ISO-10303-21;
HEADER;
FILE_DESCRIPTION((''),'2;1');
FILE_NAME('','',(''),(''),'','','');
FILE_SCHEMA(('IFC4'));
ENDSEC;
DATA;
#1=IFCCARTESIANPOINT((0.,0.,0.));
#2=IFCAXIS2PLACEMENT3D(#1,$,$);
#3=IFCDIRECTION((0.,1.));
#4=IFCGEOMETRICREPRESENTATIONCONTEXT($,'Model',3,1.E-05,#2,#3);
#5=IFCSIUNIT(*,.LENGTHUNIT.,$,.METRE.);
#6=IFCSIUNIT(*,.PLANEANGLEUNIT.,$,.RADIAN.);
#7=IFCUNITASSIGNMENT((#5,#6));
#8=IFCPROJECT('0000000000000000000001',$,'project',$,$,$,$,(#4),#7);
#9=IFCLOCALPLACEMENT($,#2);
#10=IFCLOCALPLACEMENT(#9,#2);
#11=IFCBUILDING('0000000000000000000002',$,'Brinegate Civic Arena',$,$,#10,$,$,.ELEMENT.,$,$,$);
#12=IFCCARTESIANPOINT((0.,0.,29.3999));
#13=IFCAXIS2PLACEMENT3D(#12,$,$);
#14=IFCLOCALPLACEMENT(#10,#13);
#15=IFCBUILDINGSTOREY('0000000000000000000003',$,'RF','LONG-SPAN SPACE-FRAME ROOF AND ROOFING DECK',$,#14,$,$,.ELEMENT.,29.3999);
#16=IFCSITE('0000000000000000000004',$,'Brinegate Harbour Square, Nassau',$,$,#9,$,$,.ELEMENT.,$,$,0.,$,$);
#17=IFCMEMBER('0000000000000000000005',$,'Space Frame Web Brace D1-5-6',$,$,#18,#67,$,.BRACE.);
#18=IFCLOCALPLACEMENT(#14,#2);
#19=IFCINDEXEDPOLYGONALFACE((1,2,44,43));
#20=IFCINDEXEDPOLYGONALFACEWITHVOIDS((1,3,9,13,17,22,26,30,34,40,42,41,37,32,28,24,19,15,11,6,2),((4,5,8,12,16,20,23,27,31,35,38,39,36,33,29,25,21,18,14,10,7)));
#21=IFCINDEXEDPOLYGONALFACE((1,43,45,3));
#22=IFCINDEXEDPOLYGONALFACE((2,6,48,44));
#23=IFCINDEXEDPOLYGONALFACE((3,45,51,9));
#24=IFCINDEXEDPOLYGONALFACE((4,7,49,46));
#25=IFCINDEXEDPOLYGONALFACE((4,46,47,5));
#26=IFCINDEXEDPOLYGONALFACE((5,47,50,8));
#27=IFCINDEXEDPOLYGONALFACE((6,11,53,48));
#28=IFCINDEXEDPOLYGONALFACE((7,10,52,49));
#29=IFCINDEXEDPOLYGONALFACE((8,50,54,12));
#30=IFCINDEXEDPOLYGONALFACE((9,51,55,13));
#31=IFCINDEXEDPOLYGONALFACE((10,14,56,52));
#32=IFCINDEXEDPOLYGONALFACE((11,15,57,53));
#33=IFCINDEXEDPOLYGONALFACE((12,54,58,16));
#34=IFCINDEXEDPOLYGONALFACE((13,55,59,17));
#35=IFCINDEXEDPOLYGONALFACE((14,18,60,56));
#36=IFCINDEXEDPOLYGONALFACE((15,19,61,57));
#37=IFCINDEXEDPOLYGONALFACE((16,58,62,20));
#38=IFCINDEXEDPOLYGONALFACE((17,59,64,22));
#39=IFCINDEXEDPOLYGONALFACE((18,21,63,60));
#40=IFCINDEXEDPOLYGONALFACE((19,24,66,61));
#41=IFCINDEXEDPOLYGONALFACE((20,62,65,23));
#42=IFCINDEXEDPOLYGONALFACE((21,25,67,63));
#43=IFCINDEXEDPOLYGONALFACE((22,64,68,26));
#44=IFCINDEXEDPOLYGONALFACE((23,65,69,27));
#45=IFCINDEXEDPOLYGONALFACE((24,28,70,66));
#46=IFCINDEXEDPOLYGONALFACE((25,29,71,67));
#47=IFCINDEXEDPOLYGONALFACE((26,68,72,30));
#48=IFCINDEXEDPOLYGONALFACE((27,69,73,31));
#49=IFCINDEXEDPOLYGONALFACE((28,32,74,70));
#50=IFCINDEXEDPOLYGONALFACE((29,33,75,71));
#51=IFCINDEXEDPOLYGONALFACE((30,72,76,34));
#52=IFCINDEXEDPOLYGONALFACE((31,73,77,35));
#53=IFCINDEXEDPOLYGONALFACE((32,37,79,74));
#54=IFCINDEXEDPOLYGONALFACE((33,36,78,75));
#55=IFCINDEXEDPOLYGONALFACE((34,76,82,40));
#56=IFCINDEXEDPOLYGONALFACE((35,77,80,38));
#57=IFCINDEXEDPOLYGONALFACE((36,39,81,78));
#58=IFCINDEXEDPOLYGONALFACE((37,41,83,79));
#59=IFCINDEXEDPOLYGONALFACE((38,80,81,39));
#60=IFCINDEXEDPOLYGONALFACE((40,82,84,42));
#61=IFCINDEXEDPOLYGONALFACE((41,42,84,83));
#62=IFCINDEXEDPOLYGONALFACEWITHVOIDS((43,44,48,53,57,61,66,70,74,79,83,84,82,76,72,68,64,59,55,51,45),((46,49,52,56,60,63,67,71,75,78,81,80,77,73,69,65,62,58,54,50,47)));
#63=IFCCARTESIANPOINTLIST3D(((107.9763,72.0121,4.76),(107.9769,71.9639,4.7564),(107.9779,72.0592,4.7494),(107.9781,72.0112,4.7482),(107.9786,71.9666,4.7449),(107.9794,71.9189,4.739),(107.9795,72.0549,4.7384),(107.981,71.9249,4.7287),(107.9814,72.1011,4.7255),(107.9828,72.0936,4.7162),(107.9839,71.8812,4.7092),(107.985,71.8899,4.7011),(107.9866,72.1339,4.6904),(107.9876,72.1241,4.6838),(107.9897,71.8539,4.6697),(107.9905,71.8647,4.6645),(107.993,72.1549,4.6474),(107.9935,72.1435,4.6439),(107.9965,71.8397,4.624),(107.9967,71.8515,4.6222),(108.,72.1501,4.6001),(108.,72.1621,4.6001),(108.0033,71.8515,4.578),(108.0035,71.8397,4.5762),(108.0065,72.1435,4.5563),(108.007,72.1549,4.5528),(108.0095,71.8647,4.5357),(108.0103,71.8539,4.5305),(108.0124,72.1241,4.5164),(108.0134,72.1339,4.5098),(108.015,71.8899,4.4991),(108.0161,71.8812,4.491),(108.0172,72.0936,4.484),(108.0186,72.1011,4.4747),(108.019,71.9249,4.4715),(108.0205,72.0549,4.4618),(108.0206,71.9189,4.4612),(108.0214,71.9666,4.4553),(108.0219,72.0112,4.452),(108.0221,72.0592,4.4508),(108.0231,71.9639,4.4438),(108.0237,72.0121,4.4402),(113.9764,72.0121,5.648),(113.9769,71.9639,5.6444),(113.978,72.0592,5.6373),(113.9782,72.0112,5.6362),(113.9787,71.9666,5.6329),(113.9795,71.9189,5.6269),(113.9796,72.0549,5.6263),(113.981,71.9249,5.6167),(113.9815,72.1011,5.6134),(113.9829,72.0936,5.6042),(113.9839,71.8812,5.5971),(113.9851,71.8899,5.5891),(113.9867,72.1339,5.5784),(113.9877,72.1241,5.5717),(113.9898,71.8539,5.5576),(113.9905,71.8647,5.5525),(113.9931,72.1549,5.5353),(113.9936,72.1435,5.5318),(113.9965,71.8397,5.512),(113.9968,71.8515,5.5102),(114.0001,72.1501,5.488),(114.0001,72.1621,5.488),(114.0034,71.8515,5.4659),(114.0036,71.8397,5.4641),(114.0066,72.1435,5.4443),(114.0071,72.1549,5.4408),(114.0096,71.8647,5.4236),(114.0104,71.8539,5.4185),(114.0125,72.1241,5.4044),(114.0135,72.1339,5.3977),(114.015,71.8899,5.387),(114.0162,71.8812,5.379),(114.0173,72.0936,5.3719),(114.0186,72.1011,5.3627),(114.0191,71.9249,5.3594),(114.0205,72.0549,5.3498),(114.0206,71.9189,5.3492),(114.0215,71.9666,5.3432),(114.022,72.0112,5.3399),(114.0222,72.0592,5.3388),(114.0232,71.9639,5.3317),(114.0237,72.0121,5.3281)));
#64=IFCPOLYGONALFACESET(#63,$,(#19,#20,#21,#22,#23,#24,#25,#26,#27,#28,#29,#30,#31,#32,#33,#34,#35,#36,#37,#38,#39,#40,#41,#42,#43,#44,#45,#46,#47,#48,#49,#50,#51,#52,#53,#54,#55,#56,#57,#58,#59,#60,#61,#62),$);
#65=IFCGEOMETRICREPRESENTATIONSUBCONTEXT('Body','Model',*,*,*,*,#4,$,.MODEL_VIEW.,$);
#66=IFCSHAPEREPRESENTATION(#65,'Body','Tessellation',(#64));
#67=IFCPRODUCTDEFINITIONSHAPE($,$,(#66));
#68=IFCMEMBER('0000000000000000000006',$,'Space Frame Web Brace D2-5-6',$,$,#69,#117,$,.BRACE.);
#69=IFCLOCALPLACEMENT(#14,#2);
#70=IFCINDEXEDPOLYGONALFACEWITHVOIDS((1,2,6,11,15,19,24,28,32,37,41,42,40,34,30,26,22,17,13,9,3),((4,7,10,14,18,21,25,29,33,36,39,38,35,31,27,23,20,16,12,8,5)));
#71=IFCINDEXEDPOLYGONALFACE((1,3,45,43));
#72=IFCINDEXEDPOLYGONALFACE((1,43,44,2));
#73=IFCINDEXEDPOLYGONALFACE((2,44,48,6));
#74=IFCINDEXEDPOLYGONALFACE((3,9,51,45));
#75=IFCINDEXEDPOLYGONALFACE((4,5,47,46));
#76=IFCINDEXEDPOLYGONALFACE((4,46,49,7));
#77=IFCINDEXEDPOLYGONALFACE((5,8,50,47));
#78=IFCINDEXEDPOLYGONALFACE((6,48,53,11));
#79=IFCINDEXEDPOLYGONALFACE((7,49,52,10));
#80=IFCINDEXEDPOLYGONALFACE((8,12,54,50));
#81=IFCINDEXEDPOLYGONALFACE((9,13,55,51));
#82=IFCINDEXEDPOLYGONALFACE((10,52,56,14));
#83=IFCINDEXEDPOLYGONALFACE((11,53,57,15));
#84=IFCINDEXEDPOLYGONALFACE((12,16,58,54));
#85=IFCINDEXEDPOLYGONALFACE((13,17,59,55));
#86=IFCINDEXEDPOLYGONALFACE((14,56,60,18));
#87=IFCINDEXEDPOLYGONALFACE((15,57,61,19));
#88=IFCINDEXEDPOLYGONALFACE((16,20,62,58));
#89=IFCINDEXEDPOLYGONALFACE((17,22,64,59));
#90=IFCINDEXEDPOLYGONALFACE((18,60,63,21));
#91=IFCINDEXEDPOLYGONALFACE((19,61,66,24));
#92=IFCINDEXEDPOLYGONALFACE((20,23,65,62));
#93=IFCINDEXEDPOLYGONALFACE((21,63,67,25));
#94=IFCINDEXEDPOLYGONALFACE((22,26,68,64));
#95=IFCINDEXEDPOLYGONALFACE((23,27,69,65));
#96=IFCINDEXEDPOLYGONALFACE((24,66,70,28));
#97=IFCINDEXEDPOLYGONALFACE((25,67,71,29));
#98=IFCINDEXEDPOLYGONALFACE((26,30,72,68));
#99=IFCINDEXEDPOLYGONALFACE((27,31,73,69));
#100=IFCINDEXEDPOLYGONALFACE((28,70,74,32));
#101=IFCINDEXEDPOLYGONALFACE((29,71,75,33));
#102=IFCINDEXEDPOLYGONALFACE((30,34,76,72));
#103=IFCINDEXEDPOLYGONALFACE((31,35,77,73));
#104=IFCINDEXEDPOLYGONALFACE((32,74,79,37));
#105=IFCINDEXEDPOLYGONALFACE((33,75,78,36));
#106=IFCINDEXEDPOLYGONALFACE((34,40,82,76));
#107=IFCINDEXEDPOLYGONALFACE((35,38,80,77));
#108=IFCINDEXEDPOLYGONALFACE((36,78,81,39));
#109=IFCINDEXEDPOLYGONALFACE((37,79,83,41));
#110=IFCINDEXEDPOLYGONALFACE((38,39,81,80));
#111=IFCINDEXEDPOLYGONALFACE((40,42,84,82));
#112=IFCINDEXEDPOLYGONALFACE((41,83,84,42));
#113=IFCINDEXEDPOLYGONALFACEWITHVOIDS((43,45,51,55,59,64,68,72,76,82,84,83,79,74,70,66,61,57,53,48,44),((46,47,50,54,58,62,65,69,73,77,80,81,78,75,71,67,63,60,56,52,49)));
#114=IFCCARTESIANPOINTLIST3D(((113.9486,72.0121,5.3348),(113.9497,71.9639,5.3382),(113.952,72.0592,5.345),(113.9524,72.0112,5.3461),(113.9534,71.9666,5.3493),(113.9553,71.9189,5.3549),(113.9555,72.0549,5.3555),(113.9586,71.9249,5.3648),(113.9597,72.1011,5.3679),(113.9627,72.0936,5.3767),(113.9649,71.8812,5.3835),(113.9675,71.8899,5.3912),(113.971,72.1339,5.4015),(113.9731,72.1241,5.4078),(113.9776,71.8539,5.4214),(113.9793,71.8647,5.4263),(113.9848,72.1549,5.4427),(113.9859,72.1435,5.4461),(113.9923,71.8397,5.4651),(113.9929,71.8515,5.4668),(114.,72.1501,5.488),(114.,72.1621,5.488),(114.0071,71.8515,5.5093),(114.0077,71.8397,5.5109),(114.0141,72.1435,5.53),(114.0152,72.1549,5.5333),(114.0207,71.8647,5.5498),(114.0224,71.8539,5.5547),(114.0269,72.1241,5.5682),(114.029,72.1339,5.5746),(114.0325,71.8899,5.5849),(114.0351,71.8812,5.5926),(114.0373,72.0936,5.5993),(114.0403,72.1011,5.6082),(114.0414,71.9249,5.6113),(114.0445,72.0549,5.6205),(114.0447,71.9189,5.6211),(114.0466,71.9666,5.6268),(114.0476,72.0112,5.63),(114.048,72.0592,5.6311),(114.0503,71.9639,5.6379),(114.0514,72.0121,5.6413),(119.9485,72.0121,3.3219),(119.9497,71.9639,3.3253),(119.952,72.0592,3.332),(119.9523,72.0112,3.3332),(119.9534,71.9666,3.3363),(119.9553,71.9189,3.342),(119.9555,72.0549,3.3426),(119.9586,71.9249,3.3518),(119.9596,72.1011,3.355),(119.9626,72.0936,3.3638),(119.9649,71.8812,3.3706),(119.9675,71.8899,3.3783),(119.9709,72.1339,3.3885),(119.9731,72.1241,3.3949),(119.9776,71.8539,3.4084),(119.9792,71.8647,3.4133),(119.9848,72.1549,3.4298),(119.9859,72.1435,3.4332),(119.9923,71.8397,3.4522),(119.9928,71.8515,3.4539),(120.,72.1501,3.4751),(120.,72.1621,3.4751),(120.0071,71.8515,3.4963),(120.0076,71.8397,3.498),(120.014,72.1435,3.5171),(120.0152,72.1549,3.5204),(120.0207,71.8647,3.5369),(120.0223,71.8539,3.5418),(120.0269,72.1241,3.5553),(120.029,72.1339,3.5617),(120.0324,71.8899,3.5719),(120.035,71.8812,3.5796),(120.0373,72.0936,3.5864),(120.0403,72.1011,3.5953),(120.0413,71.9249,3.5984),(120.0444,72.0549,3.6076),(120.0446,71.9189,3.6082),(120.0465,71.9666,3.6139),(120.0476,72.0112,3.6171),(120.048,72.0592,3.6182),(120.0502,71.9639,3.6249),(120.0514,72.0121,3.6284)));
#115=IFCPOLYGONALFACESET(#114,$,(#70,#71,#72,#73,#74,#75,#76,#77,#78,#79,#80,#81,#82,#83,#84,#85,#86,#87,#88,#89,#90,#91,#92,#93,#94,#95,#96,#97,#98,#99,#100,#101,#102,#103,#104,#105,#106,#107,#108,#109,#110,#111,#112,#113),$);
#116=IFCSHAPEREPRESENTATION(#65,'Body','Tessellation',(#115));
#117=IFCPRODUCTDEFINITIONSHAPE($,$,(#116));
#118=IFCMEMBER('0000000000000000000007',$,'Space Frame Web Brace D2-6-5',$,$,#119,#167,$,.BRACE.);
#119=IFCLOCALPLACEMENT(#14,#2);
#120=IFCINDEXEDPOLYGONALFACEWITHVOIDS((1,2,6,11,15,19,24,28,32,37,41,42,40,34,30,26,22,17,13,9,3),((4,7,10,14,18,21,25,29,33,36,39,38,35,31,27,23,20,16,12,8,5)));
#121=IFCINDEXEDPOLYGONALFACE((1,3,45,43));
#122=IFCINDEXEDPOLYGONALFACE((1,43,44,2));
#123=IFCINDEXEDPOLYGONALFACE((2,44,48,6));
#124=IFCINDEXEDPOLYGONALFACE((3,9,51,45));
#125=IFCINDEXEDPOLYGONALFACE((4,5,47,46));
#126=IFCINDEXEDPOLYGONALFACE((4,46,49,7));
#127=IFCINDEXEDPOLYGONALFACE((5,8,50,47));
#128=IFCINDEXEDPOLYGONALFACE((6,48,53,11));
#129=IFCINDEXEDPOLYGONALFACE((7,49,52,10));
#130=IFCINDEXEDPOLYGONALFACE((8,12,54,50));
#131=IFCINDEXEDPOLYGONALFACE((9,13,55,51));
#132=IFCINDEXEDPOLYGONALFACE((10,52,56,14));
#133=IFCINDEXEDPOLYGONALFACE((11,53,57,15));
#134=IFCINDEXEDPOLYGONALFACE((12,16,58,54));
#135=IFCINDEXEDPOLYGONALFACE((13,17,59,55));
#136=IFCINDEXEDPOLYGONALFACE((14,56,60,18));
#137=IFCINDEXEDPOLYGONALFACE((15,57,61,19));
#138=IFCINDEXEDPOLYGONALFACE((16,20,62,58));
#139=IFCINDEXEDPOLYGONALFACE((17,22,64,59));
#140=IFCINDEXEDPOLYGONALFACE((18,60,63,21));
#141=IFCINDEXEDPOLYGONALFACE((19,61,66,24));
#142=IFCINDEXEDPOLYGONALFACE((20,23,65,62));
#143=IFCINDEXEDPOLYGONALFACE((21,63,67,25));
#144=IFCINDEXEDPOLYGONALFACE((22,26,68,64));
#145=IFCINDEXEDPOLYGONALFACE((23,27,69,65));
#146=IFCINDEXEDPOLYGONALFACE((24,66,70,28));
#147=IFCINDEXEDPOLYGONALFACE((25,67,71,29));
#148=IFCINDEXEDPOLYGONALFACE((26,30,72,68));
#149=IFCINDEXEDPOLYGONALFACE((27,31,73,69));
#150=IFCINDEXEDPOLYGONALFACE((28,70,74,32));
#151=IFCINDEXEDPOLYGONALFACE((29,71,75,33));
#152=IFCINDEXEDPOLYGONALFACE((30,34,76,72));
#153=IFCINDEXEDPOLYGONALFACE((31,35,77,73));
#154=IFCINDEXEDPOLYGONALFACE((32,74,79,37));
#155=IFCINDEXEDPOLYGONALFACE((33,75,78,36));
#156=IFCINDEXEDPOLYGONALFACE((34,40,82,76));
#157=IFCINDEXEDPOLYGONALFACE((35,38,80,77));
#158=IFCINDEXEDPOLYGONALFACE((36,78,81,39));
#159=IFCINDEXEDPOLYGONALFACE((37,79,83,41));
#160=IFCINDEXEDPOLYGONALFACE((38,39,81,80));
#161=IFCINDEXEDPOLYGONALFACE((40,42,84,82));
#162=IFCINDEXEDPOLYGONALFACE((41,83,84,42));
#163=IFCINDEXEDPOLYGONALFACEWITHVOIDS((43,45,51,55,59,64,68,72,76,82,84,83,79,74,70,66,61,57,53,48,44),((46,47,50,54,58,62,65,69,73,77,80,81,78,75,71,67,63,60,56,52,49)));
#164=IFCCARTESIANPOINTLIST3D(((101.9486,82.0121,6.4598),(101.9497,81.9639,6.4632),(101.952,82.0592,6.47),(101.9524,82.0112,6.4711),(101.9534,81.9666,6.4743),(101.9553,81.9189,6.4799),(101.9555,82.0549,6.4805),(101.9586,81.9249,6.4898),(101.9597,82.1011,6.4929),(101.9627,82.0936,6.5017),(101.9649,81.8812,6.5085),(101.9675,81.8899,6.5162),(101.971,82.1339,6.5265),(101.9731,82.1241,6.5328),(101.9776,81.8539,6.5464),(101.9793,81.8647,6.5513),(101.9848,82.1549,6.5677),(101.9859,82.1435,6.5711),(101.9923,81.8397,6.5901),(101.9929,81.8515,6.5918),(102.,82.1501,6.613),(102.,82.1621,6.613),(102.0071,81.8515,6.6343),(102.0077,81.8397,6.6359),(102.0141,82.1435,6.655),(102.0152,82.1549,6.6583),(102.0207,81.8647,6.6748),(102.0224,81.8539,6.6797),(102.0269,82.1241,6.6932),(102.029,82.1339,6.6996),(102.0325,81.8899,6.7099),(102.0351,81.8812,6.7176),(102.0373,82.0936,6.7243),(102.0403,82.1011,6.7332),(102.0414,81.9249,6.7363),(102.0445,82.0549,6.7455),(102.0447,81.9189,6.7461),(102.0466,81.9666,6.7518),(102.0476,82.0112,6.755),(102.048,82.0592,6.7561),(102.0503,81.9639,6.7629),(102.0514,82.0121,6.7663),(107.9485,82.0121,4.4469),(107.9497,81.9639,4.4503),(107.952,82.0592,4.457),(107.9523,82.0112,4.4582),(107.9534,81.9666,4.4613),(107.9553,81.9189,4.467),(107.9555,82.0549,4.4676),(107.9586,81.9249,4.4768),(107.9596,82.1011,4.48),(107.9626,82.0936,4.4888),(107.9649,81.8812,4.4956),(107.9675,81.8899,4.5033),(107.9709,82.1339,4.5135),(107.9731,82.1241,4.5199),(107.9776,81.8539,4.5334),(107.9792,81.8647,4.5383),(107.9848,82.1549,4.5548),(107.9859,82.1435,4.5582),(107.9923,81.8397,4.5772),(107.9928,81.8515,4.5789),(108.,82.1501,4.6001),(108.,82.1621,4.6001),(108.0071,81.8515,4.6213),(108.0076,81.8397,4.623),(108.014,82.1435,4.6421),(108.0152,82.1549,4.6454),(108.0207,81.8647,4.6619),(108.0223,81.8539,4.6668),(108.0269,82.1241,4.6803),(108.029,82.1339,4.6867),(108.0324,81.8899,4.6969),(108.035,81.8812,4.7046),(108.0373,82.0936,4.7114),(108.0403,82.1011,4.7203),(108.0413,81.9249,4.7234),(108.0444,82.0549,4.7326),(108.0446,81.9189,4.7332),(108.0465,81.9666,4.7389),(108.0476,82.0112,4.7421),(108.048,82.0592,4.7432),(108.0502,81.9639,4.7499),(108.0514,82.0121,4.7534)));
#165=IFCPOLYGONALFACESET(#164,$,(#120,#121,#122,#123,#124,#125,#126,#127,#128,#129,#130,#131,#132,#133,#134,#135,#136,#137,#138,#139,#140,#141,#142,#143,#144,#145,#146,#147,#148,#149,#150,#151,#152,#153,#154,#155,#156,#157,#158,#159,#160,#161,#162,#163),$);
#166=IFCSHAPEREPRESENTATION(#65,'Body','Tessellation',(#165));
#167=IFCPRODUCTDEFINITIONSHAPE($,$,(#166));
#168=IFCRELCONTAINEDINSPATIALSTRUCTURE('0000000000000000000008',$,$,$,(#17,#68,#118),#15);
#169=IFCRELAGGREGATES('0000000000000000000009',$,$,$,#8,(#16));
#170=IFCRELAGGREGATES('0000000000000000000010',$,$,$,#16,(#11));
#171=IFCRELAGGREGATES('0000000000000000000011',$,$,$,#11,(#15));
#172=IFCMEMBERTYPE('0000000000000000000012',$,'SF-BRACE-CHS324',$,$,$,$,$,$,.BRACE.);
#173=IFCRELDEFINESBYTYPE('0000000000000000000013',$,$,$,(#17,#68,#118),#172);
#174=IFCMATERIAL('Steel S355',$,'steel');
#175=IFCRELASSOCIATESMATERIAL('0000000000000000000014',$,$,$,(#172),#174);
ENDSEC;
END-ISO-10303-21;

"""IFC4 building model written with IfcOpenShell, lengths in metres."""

from ifc_helpers import new_model, si_unit, direction, frame, origin, origin_2d, place, context, subcontext, project, spatial, hollow_circle, extrude, material, material_profile, profile_set, type_object, element, save


model = new_model("IFC4")

# Units and contexts
model_context = context("Model", 3, precision=1e-05, world=origin(), true_north=direction((0.0, 1.0)))
body_context = subcontext(model_context, "Body", "Model", "MODEL_VIEW")
ifc_project = project(units=[si_unit("LENGTHUNIT", "METRE"), si_unit("PLANEANGLEUNIT", "RADIAN")], contexts=[model_context])

# Site, building, storey
site_placement = place(None, origin())
site = spatial("IfcSite", under=ifc_project, at=site_placement, Name="Brinegate Harbour Square, Nassau", CompositionType="ELEMENT", RefElevation=0.0)
building_placement = place(site_placement, origin())
building = spatial("IfcBuilding", under=site, at=building_placement, Name="Brinegate Civic Arena", CompositionType="ELEMENT")
storey_placement = place(building_placement, frame((0.0, 0.0, 29.3999)))
storey = spatial("IfcBuildingStorey", under=building, at=storey_placement, Name="RF", Description="LONG-SPAN SPACE-FRAME ROOF AND ROOFING DECK", CompositionType="ELEMENT", Elevation=29.3999)

# Members
ifc_material = material(Name="Steel S355", Category="steel")
ifc_material_profile_1 = material_profile(ifc_material, hollow_circle(Radius=0.1621, WallThickness=0.012, at=origin_2d()), Name="CHS324X12")
ifc_profile_set_1 = profile_set([ifc_material_profile_1], Name="Steel S355")
member_type_1 = type_object("IfcMemberType", Name="SF-BRACE-CHS324", PredefinedType="BRACE", material=ifc_profile_set_1)
member_1_placement = place(storey_placement, frame((108.0, 72.0, 4.6001), z_axis=(0.989226, 0.0, 0.146395), x_axis=(0.0, 1.0, 0.0)))
element("IfcMember", 1, at=member_1_placement, inside=storey, type_object=member_type_1, Name="Space Frame Web Brace D1-5-6", PredefinedType="BRACE", context=body_context, shape_type="SweptSolid", body=[
    extrude(hollow_circle(Radius=0.1621, WallThickness=0.012, at=origin_2d()), origin(), (0.0, 0.0, 1.0), 6.0654),
])
for number, where, z_axis, x_axis, name in (
    (2, (114.0, 72.0, 5.488), (0.948068, 0.0, -0.318067), (0.0, 1.0, 0.0), "Space Frame Web Brace D2-5-6"),
    (3, (102.0, 82.0, 6.613), (0.948068, 0.0, -0.318067), (0.0, 1.0, 0.0), "Space Frame Web Brace D2-6-5"),
):
    element("IfcMember", number, at=place(storey_placement, frame(where, z_axis=z_axis, x_axis=x_axis)), inside=storey, type_object=member_type_1, Name=name, PredefinedType="BRACE", context=body_context, shape_type="SweptSolid", body=[
        extrude(hollow_circle(Radius=0.1621, WallThickness=0.012, at=origin_2d()), origin(), (0.0, 0.0, 1.0), 6.3286),
    ])

save(model, "model.ifc")
